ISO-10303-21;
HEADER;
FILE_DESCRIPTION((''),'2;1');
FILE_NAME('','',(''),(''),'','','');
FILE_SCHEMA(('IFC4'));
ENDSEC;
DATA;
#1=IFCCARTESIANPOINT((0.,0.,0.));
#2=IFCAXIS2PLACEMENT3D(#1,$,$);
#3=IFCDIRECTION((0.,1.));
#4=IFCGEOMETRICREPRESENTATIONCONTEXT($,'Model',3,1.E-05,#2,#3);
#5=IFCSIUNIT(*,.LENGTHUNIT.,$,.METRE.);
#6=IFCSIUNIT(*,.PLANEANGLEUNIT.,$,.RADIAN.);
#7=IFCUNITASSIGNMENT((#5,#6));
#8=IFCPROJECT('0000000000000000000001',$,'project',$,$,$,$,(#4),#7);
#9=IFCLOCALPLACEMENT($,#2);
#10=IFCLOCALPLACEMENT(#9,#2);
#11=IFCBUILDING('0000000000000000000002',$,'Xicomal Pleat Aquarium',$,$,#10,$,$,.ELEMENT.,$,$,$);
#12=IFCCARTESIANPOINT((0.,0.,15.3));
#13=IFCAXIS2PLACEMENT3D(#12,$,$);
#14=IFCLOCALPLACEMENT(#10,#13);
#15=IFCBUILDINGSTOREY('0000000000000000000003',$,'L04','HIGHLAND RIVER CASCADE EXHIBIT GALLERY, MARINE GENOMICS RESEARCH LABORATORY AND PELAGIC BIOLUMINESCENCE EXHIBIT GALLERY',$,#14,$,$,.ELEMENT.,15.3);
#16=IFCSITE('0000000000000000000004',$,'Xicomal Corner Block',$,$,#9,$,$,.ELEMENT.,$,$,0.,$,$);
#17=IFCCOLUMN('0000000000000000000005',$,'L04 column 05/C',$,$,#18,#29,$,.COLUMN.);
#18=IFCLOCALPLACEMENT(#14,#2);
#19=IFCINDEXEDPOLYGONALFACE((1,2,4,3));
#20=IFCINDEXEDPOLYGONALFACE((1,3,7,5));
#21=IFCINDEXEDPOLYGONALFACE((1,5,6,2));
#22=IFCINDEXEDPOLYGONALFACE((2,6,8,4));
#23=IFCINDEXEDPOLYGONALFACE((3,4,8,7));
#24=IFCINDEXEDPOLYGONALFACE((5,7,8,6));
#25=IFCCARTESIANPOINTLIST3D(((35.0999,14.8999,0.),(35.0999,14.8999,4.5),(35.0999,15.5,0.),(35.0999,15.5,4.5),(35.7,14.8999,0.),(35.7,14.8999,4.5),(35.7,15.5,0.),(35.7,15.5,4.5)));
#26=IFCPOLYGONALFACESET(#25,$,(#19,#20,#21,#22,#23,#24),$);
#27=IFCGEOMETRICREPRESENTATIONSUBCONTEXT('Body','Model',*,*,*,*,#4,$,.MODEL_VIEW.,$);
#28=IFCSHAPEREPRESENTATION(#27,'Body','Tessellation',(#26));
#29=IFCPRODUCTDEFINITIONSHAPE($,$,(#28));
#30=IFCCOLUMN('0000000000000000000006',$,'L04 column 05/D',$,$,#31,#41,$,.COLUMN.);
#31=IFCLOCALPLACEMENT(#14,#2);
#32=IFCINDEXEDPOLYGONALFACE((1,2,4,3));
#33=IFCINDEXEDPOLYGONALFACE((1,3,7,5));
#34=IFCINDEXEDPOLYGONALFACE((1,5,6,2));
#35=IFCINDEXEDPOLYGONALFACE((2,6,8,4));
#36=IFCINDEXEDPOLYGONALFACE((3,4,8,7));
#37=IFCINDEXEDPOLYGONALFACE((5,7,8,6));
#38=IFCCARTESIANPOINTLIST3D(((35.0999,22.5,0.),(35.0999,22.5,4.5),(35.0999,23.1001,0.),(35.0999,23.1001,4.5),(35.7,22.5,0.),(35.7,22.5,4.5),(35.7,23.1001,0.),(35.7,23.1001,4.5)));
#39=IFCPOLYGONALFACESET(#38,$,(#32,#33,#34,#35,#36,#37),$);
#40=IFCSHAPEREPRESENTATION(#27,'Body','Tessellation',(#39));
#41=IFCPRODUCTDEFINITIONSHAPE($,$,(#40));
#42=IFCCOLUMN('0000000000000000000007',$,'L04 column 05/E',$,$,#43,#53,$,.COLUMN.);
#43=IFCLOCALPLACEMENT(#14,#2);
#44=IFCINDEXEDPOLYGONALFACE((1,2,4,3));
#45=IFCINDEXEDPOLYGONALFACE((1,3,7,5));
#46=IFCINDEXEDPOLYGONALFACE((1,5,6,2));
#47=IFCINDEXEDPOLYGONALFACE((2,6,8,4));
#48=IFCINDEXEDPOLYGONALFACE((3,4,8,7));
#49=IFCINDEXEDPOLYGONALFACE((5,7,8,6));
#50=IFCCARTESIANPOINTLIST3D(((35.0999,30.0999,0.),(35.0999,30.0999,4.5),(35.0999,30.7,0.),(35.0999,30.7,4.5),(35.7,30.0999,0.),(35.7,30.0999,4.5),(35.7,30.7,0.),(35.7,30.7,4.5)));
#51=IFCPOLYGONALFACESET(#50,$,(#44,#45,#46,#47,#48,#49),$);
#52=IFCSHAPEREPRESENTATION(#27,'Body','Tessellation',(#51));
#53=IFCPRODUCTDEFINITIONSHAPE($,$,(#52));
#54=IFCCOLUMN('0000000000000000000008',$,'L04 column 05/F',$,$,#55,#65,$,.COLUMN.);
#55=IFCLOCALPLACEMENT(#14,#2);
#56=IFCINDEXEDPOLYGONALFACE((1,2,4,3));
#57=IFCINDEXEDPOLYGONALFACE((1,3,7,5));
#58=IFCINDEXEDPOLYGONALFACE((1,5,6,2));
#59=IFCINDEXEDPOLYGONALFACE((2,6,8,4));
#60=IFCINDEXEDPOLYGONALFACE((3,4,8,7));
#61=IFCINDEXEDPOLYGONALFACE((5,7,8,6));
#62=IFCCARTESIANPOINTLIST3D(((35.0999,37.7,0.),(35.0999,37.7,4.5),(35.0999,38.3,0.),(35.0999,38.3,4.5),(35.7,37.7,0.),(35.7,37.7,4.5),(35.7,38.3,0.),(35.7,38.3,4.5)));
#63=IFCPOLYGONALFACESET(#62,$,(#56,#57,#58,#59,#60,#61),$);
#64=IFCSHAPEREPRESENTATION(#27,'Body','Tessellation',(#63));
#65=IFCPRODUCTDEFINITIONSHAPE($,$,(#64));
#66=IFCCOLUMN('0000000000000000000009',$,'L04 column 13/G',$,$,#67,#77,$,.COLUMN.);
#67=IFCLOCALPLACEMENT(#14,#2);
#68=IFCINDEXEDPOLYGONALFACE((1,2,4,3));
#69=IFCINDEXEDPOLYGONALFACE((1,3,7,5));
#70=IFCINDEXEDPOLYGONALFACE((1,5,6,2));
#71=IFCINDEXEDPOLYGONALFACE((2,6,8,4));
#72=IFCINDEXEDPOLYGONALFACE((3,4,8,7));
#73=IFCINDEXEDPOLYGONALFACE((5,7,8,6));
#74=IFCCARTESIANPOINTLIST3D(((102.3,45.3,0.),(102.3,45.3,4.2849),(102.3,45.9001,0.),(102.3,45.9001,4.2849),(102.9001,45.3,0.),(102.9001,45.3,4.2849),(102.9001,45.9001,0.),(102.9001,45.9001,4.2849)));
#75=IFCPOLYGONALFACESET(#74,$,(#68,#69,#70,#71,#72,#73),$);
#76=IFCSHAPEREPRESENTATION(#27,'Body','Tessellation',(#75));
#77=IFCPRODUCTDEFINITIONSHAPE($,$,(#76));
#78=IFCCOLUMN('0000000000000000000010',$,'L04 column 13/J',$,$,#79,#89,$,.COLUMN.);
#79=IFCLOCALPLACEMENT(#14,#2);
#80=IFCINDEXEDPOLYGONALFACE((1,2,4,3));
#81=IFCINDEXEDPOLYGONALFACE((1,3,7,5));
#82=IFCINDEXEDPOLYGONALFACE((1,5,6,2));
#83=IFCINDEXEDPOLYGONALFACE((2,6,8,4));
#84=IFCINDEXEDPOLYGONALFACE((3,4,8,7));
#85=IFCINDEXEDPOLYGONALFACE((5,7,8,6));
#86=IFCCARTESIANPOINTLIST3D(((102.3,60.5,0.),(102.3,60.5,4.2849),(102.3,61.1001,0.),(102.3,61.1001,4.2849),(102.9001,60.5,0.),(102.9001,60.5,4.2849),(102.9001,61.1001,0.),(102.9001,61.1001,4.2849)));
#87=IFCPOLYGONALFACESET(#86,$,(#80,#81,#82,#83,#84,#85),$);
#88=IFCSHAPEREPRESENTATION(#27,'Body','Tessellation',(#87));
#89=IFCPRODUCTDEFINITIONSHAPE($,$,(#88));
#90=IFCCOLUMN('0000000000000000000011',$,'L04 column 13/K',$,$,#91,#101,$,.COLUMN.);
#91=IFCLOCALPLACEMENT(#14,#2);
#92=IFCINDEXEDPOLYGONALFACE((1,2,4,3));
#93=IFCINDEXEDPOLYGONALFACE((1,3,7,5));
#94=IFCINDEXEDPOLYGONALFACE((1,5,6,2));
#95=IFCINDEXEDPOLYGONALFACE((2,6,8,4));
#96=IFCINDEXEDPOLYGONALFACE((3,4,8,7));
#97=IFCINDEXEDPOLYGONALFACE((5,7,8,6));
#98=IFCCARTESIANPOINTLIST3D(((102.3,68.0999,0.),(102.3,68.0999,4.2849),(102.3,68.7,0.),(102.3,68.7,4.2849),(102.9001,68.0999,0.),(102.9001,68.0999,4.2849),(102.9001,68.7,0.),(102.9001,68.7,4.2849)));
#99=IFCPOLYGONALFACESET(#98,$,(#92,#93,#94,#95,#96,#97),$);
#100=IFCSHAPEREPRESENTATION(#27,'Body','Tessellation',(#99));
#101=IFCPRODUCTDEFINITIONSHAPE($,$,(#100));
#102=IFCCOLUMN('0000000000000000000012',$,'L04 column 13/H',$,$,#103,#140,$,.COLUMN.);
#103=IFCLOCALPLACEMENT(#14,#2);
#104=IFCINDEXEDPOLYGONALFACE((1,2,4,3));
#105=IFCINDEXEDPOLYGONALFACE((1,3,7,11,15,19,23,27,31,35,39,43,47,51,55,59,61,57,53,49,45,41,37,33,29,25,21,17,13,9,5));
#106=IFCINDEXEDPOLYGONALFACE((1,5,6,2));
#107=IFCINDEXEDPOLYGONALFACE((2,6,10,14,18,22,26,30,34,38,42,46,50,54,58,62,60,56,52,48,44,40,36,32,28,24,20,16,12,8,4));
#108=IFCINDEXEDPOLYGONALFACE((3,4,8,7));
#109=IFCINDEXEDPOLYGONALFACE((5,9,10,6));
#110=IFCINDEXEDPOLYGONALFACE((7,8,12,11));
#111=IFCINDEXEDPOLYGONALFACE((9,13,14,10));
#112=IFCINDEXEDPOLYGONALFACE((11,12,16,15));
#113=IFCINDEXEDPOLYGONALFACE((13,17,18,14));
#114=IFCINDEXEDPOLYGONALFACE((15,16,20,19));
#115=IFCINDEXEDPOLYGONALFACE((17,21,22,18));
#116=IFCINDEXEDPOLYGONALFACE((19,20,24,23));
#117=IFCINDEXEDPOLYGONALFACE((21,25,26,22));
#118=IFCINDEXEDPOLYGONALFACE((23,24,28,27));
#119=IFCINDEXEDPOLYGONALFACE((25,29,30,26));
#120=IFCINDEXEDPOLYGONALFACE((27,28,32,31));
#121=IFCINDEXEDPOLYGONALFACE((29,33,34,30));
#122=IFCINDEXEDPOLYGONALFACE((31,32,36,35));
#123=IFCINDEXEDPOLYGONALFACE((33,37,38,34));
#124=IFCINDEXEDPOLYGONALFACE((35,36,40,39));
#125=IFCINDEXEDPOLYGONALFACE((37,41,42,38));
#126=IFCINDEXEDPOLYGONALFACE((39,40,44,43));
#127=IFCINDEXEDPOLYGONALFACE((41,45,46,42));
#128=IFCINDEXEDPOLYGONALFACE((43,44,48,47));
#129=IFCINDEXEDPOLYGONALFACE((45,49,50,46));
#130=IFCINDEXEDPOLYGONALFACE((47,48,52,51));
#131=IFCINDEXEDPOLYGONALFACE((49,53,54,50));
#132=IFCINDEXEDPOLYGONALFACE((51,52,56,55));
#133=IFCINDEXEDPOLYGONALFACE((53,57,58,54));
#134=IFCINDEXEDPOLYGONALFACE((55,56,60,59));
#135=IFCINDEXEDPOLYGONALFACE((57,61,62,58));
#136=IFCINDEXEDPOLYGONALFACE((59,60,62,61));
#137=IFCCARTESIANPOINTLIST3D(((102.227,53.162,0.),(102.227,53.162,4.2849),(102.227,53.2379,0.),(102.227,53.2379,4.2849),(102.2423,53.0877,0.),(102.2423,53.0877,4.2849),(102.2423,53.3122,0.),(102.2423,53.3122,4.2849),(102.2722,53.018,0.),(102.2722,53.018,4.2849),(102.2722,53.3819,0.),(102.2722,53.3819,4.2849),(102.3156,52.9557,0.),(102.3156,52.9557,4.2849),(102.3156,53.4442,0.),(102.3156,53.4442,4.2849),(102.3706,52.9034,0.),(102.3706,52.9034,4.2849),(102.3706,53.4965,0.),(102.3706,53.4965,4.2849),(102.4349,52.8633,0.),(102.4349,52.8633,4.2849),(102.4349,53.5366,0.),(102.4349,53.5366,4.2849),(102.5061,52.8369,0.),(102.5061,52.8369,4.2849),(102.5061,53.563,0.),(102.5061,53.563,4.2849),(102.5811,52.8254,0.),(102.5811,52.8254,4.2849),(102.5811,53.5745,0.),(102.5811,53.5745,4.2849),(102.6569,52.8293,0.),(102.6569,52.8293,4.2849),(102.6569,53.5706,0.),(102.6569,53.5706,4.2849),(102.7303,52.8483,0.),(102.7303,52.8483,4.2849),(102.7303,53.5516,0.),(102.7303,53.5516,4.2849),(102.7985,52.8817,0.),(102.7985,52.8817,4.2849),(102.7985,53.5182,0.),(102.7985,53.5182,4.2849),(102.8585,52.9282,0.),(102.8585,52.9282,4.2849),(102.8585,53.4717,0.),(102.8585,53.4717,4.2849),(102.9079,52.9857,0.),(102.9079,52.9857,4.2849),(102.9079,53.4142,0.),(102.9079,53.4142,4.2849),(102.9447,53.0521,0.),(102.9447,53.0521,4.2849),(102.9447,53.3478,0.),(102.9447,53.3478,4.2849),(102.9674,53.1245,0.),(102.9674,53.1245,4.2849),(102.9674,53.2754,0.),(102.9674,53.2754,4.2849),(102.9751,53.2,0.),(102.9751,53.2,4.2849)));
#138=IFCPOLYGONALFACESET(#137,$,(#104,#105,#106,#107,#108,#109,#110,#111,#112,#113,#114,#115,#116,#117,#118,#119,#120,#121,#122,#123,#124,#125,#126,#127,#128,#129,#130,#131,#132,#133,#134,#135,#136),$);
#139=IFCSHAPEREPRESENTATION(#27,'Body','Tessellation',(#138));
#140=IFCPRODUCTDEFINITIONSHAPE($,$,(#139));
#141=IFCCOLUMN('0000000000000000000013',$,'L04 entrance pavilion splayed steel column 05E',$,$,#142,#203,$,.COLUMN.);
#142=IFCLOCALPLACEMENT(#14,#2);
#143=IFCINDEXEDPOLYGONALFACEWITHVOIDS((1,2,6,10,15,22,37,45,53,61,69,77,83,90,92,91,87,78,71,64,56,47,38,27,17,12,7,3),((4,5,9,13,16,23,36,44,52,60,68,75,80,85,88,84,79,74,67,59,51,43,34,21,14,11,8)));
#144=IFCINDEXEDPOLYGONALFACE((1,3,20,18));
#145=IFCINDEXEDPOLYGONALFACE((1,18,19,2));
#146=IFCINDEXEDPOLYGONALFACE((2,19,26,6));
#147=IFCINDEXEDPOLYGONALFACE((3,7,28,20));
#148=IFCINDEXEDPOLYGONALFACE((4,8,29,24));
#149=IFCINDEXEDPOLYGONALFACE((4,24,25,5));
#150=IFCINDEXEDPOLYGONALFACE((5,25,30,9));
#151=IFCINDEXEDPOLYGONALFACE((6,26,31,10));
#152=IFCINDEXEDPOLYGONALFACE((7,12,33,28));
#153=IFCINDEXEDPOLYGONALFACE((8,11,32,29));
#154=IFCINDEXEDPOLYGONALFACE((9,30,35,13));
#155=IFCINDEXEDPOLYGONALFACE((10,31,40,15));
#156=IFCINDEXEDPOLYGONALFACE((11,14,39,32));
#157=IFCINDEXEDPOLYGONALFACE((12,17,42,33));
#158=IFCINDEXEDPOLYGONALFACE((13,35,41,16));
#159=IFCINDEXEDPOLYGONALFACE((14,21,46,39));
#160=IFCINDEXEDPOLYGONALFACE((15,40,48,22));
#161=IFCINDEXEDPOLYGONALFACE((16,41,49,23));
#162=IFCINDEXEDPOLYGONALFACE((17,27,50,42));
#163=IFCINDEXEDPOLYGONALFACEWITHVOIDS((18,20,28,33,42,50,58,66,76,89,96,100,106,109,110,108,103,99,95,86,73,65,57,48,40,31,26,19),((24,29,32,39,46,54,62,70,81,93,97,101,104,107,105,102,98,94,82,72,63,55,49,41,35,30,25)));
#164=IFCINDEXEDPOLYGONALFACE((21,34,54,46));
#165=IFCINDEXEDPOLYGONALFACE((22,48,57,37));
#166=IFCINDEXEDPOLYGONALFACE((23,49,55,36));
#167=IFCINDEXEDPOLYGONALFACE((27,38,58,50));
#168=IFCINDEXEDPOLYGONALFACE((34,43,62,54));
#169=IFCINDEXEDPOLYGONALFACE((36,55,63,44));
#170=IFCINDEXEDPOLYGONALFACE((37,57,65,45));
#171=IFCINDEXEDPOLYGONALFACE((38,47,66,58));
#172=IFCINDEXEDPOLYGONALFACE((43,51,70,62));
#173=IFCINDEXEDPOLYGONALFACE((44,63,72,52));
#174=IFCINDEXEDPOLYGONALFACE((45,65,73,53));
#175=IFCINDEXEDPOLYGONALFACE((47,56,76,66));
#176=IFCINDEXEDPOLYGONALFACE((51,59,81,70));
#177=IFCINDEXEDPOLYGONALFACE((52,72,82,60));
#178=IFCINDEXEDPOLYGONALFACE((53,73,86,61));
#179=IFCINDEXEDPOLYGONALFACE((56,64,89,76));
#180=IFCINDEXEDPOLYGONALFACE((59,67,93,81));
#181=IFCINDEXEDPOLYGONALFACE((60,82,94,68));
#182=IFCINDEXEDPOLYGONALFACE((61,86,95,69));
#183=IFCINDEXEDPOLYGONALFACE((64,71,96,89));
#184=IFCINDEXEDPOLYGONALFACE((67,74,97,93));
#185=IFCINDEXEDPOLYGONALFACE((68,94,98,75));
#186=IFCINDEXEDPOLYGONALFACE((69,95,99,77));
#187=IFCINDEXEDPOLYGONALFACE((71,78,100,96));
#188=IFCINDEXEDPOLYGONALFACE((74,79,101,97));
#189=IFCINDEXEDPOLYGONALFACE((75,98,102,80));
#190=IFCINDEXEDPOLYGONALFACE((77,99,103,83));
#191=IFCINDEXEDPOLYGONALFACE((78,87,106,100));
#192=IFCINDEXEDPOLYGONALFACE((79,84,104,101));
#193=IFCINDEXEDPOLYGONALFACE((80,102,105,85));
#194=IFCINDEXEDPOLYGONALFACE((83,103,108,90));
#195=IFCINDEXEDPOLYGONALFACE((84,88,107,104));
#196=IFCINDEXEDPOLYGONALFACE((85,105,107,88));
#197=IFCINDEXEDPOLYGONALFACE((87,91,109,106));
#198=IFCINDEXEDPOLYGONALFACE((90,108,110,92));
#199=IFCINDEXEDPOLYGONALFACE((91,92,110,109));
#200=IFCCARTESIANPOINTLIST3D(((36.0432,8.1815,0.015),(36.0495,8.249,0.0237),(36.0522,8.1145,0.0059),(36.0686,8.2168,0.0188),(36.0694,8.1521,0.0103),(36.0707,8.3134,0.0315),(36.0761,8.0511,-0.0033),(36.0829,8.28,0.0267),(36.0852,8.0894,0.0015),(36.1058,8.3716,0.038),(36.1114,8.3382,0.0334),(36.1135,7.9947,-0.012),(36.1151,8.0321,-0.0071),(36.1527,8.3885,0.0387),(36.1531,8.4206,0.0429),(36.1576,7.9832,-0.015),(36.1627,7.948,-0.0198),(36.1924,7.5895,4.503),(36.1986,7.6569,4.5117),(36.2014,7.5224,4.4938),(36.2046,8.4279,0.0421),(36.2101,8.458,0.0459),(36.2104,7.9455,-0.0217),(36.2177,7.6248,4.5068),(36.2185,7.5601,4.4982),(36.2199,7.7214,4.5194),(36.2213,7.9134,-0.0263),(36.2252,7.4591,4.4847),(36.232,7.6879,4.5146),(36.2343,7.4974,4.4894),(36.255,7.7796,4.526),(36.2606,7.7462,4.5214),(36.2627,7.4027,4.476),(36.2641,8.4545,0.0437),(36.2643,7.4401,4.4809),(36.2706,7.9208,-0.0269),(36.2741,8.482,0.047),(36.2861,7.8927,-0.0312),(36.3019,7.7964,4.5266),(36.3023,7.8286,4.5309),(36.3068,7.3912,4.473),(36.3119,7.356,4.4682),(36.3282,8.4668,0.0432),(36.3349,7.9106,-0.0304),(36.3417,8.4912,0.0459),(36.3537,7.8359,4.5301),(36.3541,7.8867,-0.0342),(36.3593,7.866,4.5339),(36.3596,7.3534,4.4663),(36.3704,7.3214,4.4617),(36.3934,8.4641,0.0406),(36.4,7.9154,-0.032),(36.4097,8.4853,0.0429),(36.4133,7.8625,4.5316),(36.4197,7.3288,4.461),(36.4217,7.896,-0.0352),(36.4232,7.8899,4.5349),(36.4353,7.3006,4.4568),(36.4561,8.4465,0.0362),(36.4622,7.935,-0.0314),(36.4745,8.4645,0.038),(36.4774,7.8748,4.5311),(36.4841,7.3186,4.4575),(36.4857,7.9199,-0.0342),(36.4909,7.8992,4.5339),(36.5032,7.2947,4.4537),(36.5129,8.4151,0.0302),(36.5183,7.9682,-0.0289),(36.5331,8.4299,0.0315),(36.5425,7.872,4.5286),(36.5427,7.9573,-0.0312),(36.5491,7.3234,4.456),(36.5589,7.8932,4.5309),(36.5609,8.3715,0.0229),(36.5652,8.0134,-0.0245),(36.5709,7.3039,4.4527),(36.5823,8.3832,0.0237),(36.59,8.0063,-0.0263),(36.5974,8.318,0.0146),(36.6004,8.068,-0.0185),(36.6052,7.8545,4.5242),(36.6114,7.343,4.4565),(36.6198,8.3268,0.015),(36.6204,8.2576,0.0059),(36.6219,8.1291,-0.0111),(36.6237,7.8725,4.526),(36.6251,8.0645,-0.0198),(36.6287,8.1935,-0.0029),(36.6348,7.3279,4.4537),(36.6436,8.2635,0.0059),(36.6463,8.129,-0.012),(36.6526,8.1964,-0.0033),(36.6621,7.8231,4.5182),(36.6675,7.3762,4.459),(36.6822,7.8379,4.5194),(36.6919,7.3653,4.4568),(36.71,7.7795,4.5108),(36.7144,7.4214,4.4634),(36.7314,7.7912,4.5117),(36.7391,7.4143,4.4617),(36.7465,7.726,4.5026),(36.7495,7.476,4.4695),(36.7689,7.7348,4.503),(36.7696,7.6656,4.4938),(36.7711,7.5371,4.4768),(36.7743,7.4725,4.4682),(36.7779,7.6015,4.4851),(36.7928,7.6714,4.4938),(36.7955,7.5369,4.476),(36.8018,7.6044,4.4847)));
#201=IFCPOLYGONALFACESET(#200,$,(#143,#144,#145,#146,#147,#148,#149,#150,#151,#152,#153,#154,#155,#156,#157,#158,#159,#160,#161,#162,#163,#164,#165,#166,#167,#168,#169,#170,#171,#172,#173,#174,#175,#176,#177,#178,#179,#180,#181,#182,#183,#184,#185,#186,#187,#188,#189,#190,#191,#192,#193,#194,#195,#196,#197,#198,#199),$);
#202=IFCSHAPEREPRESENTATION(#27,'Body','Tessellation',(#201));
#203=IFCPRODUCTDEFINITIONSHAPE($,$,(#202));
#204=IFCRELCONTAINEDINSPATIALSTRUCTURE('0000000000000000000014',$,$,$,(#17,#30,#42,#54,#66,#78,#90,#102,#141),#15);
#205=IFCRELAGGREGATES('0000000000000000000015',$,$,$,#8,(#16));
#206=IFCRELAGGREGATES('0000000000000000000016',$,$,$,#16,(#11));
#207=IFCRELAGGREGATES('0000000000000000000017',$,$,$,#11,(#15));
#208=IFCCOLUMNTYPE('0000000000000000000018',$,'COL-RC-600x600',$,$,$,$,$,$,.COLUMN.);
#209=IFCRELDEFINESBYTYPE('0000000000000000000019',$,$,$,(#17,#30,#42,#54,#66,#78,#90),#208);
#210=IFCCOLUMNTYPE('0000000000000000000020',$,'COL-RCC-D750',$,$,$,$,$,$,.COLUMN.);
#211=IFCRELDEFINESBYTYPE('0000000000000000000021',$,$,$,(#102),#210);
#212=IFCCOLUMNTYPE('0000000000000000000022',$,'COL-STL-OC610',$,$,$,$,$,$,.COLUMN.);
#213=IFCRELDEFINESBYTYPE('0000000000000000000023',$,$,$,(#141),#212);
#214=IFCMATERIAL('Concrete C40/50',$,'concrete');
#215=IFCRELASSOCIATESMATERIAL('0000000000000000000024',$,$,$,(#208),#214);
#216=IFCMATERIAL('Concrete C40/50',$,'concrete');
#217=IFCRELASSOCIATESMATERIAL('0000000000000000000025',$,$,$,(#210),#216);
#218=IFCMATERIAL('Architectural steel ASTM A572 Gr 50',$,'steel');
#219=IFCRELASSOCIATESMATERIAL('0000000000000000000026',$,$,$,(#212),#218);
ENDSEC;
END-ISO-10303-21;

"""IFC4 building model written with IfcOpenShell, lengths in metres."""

from ifc_helpers import new_model, si_unit, direction, frame, origin, origin_2d, place, context, subcontext, project, spatial, rectangle, circle, hollow_circle, extrude, material, material_profile, profile_set, type_object, element, save


model = new_model("IFC4")

# Units and contexts
model_context = context("Model", 3, precision=1e-05, world=origin(), true_north=direction((0.0, 1.0)))
body_context = subcontext(model_context, "Body", "Model", "MODEL_VIEW")
ifc_project = project(units=[si_unit("LENGTHUNIT", "METRE"), si_unit("PLANEANGLEUNIT", "RADIAN")], contexts=[model_context])

# Site, building, storey
site_placement = place(None, origin())
site = spatial("IfcSite", under=ifc_project, at=site_placement, Name="Xicomal Corner Block", CompositionType="ELEMENT", RefElevation=0.0)
building_placement = place(site_placement, origin())
building = spatial("IfcBuilding", under=site, at=building_placement, Name="Xicomal Pleat Aquarium", CompositionType="ELEMENT")
storey_placement = place(building_placement, frame((0.0, 0.0, 15.3)))
storey = spatial("IfcBuildingStorey", under=building, at=storey_placement, Name="L04", Description="HIGHLAND RIVER CASCADE EXHIBIT GALLERY, MARINE GENOMICS RESEARCH LABORATORY AND PELAGIC BIOLUMINESCENCE EXHIBIT GALLERY", CompositionType="ELEMENT", Elevation=15.3)

# Columns
ifc_material_1 = material(Name="Concrete C40/50", Category="concrete")
ifc_material_profile_1 = material_profile(ifc_material_1, rectangle(XDim=0.6001, YDim=0.6001, at=origin_2d()), Name="RC 600x600")
ifc_profile_set_1 = profile_set([ifc_material_profile_1], Name="Concrete C40/50")
column_type_1 = type_object("IfcColumnType", Name="COL-RC-600x600", PredefinedType="COLUMN", material=ifc_profile_set_1)
for number, where, z_axis, x_axis, name in (
    (1, (35.3999, 15.2, 0.0), (0.0, 0.0, 1.0), (1.0, 0.0, 0.0), "L04 column 05/C"),
    (2, (35.3999, 22.8, 0.0), (0.0, 0.0, 1.0), (1.0, 0.0, 0.0), "L04 column 05/D"),
    (3, (35.3999, 30.3999, 0.0), (0.0, 0.0, 1.0), (1.0, 0.0, 0.0), "L04 column 05/E"),
    (4, (35.3999, 38.0, 0.0), (0.0, 0.0, 1.0), (1.0, 0.0, 0.0), "L04 column 05/F"),
):
    element("IfcColumn", number, at=place(storey_placement, frame(where, z_axis=z_axis, x_axis=x_axis)), inside=storey, type_object=column_type_1, Name=name, PredefinedType="COLUMN", context=body_context, shape_type="SweptSolid", body=[
        extrude(rectangle(XDim=0.6001, YDim=0.6001, at=origin_2d()), origin(), (0.0, 0.0, 1.0), 4.5),
    ])
for number, where, z_axis, x_axis, name in (
    (5, (102.6001, 45.6001, 0.0), (0.0, 0.0, 1.0), (1.0, 0.0, 0.0), "L04 column 13/G"),
    (6, (102.6001, 60.8, 0.0), (0.0, 0.0, 1.0), (1.0, 0.0, 0.0), "L04 column 13/J"),
    (7, (102.6001, 68.3999, 0.0), (0.0, 0.0, 1.0), (1.0, 0.0, 0.0), "L04 column 13/K"),
):
    element("IfcColumn", number, at=place(storey_placement, frame(where, z_axis=z_axis, x_axis=x_axis)), inside=storey, type_object=column_type_1, Name=name, PredefinedType="COLUMN", context=body_context, shape_type="SweptSolid", body=[
        extrude(rectangle(XDim=0.6001, YDim=0.6001, at=origin_2d()), origin(), (0.0, 0.0, 1.0), 4.2849),
    ])
ifc_material_2 = material(Name="Concrete C40/50", Category="concrete")
ifc_material_profile_2 = material_profile(ifc_material_2, circle(Radius=0.375, at=origin_2d()), Name="RCC D750")
ifc_profile_set_2 = profile_set([ifc_material_profile_2], Name="Concrete C40/50")
column_type_2 = type_object("IfcColumnType", Name="COL-RCC-D750", PredefinedType="COLUMN", material=ifc_profile_set_2)
column_1_placement = place(storey_placement, frame((102.6001, 53.2, 0.0), z_axis=(0.0, 0.0, 1.0), x_axis=(1.0, 0.0, 0.0)))
element("IfcColumn", 8, at=column_1_placement, inside=storey, type_object=column_type_2, Name="L04 column 13/H", PredefinedType="COLUMN", context=body_context, shape_type="SweptSolid", body=[
    extrude(circle(Radius=0.375, at=origin_2d()), origin(), (0.0, 0.0, 1.0), 4.2849),
])
ifc_material_3 = material(Name="Architectural steel ASTM A572 Gr 50", Category="steel")
ifc_material_profile_3 = material_profile(ifc_material_3, hollow_circle(Radius=0.3049, WallThickness=0.0239, at=origin_2d()), Name="OC 610x24")
ifc_profile_set_3 = profile_set([ifc_material_profile_3], Name="Architectural steel ASTM A572 Gr 50")
column_type_3 = type_object("IfcColumnType", Name="COL-STL-OC610", PredefinedType="COLUMN", material=ifc_profile_set_3)
column_2_placement = place(storey_placement, frame((36.3479, 8.189, 0.0059), z_axis=(0.032934, -0.130711, 0.990873), x_axis=(0.969694, 0.244323, 0.0)))
element("IfcColumn", 9, at=column_2_placement, inside=storey, type_object=column_type_3, Name="L04 entrance pavilion splayed steel column 05E", PredefinedType="COLUMN", context=body_context, shape_type="SweptSolid", body=[
    extrude(hollow_circle(Radius=0.3049, WallThickness=0.0239, at=origin_2d()), origin(), (0.0, 0.0, 1.0), 4.5293),
])

save(model, "model.ifc")
